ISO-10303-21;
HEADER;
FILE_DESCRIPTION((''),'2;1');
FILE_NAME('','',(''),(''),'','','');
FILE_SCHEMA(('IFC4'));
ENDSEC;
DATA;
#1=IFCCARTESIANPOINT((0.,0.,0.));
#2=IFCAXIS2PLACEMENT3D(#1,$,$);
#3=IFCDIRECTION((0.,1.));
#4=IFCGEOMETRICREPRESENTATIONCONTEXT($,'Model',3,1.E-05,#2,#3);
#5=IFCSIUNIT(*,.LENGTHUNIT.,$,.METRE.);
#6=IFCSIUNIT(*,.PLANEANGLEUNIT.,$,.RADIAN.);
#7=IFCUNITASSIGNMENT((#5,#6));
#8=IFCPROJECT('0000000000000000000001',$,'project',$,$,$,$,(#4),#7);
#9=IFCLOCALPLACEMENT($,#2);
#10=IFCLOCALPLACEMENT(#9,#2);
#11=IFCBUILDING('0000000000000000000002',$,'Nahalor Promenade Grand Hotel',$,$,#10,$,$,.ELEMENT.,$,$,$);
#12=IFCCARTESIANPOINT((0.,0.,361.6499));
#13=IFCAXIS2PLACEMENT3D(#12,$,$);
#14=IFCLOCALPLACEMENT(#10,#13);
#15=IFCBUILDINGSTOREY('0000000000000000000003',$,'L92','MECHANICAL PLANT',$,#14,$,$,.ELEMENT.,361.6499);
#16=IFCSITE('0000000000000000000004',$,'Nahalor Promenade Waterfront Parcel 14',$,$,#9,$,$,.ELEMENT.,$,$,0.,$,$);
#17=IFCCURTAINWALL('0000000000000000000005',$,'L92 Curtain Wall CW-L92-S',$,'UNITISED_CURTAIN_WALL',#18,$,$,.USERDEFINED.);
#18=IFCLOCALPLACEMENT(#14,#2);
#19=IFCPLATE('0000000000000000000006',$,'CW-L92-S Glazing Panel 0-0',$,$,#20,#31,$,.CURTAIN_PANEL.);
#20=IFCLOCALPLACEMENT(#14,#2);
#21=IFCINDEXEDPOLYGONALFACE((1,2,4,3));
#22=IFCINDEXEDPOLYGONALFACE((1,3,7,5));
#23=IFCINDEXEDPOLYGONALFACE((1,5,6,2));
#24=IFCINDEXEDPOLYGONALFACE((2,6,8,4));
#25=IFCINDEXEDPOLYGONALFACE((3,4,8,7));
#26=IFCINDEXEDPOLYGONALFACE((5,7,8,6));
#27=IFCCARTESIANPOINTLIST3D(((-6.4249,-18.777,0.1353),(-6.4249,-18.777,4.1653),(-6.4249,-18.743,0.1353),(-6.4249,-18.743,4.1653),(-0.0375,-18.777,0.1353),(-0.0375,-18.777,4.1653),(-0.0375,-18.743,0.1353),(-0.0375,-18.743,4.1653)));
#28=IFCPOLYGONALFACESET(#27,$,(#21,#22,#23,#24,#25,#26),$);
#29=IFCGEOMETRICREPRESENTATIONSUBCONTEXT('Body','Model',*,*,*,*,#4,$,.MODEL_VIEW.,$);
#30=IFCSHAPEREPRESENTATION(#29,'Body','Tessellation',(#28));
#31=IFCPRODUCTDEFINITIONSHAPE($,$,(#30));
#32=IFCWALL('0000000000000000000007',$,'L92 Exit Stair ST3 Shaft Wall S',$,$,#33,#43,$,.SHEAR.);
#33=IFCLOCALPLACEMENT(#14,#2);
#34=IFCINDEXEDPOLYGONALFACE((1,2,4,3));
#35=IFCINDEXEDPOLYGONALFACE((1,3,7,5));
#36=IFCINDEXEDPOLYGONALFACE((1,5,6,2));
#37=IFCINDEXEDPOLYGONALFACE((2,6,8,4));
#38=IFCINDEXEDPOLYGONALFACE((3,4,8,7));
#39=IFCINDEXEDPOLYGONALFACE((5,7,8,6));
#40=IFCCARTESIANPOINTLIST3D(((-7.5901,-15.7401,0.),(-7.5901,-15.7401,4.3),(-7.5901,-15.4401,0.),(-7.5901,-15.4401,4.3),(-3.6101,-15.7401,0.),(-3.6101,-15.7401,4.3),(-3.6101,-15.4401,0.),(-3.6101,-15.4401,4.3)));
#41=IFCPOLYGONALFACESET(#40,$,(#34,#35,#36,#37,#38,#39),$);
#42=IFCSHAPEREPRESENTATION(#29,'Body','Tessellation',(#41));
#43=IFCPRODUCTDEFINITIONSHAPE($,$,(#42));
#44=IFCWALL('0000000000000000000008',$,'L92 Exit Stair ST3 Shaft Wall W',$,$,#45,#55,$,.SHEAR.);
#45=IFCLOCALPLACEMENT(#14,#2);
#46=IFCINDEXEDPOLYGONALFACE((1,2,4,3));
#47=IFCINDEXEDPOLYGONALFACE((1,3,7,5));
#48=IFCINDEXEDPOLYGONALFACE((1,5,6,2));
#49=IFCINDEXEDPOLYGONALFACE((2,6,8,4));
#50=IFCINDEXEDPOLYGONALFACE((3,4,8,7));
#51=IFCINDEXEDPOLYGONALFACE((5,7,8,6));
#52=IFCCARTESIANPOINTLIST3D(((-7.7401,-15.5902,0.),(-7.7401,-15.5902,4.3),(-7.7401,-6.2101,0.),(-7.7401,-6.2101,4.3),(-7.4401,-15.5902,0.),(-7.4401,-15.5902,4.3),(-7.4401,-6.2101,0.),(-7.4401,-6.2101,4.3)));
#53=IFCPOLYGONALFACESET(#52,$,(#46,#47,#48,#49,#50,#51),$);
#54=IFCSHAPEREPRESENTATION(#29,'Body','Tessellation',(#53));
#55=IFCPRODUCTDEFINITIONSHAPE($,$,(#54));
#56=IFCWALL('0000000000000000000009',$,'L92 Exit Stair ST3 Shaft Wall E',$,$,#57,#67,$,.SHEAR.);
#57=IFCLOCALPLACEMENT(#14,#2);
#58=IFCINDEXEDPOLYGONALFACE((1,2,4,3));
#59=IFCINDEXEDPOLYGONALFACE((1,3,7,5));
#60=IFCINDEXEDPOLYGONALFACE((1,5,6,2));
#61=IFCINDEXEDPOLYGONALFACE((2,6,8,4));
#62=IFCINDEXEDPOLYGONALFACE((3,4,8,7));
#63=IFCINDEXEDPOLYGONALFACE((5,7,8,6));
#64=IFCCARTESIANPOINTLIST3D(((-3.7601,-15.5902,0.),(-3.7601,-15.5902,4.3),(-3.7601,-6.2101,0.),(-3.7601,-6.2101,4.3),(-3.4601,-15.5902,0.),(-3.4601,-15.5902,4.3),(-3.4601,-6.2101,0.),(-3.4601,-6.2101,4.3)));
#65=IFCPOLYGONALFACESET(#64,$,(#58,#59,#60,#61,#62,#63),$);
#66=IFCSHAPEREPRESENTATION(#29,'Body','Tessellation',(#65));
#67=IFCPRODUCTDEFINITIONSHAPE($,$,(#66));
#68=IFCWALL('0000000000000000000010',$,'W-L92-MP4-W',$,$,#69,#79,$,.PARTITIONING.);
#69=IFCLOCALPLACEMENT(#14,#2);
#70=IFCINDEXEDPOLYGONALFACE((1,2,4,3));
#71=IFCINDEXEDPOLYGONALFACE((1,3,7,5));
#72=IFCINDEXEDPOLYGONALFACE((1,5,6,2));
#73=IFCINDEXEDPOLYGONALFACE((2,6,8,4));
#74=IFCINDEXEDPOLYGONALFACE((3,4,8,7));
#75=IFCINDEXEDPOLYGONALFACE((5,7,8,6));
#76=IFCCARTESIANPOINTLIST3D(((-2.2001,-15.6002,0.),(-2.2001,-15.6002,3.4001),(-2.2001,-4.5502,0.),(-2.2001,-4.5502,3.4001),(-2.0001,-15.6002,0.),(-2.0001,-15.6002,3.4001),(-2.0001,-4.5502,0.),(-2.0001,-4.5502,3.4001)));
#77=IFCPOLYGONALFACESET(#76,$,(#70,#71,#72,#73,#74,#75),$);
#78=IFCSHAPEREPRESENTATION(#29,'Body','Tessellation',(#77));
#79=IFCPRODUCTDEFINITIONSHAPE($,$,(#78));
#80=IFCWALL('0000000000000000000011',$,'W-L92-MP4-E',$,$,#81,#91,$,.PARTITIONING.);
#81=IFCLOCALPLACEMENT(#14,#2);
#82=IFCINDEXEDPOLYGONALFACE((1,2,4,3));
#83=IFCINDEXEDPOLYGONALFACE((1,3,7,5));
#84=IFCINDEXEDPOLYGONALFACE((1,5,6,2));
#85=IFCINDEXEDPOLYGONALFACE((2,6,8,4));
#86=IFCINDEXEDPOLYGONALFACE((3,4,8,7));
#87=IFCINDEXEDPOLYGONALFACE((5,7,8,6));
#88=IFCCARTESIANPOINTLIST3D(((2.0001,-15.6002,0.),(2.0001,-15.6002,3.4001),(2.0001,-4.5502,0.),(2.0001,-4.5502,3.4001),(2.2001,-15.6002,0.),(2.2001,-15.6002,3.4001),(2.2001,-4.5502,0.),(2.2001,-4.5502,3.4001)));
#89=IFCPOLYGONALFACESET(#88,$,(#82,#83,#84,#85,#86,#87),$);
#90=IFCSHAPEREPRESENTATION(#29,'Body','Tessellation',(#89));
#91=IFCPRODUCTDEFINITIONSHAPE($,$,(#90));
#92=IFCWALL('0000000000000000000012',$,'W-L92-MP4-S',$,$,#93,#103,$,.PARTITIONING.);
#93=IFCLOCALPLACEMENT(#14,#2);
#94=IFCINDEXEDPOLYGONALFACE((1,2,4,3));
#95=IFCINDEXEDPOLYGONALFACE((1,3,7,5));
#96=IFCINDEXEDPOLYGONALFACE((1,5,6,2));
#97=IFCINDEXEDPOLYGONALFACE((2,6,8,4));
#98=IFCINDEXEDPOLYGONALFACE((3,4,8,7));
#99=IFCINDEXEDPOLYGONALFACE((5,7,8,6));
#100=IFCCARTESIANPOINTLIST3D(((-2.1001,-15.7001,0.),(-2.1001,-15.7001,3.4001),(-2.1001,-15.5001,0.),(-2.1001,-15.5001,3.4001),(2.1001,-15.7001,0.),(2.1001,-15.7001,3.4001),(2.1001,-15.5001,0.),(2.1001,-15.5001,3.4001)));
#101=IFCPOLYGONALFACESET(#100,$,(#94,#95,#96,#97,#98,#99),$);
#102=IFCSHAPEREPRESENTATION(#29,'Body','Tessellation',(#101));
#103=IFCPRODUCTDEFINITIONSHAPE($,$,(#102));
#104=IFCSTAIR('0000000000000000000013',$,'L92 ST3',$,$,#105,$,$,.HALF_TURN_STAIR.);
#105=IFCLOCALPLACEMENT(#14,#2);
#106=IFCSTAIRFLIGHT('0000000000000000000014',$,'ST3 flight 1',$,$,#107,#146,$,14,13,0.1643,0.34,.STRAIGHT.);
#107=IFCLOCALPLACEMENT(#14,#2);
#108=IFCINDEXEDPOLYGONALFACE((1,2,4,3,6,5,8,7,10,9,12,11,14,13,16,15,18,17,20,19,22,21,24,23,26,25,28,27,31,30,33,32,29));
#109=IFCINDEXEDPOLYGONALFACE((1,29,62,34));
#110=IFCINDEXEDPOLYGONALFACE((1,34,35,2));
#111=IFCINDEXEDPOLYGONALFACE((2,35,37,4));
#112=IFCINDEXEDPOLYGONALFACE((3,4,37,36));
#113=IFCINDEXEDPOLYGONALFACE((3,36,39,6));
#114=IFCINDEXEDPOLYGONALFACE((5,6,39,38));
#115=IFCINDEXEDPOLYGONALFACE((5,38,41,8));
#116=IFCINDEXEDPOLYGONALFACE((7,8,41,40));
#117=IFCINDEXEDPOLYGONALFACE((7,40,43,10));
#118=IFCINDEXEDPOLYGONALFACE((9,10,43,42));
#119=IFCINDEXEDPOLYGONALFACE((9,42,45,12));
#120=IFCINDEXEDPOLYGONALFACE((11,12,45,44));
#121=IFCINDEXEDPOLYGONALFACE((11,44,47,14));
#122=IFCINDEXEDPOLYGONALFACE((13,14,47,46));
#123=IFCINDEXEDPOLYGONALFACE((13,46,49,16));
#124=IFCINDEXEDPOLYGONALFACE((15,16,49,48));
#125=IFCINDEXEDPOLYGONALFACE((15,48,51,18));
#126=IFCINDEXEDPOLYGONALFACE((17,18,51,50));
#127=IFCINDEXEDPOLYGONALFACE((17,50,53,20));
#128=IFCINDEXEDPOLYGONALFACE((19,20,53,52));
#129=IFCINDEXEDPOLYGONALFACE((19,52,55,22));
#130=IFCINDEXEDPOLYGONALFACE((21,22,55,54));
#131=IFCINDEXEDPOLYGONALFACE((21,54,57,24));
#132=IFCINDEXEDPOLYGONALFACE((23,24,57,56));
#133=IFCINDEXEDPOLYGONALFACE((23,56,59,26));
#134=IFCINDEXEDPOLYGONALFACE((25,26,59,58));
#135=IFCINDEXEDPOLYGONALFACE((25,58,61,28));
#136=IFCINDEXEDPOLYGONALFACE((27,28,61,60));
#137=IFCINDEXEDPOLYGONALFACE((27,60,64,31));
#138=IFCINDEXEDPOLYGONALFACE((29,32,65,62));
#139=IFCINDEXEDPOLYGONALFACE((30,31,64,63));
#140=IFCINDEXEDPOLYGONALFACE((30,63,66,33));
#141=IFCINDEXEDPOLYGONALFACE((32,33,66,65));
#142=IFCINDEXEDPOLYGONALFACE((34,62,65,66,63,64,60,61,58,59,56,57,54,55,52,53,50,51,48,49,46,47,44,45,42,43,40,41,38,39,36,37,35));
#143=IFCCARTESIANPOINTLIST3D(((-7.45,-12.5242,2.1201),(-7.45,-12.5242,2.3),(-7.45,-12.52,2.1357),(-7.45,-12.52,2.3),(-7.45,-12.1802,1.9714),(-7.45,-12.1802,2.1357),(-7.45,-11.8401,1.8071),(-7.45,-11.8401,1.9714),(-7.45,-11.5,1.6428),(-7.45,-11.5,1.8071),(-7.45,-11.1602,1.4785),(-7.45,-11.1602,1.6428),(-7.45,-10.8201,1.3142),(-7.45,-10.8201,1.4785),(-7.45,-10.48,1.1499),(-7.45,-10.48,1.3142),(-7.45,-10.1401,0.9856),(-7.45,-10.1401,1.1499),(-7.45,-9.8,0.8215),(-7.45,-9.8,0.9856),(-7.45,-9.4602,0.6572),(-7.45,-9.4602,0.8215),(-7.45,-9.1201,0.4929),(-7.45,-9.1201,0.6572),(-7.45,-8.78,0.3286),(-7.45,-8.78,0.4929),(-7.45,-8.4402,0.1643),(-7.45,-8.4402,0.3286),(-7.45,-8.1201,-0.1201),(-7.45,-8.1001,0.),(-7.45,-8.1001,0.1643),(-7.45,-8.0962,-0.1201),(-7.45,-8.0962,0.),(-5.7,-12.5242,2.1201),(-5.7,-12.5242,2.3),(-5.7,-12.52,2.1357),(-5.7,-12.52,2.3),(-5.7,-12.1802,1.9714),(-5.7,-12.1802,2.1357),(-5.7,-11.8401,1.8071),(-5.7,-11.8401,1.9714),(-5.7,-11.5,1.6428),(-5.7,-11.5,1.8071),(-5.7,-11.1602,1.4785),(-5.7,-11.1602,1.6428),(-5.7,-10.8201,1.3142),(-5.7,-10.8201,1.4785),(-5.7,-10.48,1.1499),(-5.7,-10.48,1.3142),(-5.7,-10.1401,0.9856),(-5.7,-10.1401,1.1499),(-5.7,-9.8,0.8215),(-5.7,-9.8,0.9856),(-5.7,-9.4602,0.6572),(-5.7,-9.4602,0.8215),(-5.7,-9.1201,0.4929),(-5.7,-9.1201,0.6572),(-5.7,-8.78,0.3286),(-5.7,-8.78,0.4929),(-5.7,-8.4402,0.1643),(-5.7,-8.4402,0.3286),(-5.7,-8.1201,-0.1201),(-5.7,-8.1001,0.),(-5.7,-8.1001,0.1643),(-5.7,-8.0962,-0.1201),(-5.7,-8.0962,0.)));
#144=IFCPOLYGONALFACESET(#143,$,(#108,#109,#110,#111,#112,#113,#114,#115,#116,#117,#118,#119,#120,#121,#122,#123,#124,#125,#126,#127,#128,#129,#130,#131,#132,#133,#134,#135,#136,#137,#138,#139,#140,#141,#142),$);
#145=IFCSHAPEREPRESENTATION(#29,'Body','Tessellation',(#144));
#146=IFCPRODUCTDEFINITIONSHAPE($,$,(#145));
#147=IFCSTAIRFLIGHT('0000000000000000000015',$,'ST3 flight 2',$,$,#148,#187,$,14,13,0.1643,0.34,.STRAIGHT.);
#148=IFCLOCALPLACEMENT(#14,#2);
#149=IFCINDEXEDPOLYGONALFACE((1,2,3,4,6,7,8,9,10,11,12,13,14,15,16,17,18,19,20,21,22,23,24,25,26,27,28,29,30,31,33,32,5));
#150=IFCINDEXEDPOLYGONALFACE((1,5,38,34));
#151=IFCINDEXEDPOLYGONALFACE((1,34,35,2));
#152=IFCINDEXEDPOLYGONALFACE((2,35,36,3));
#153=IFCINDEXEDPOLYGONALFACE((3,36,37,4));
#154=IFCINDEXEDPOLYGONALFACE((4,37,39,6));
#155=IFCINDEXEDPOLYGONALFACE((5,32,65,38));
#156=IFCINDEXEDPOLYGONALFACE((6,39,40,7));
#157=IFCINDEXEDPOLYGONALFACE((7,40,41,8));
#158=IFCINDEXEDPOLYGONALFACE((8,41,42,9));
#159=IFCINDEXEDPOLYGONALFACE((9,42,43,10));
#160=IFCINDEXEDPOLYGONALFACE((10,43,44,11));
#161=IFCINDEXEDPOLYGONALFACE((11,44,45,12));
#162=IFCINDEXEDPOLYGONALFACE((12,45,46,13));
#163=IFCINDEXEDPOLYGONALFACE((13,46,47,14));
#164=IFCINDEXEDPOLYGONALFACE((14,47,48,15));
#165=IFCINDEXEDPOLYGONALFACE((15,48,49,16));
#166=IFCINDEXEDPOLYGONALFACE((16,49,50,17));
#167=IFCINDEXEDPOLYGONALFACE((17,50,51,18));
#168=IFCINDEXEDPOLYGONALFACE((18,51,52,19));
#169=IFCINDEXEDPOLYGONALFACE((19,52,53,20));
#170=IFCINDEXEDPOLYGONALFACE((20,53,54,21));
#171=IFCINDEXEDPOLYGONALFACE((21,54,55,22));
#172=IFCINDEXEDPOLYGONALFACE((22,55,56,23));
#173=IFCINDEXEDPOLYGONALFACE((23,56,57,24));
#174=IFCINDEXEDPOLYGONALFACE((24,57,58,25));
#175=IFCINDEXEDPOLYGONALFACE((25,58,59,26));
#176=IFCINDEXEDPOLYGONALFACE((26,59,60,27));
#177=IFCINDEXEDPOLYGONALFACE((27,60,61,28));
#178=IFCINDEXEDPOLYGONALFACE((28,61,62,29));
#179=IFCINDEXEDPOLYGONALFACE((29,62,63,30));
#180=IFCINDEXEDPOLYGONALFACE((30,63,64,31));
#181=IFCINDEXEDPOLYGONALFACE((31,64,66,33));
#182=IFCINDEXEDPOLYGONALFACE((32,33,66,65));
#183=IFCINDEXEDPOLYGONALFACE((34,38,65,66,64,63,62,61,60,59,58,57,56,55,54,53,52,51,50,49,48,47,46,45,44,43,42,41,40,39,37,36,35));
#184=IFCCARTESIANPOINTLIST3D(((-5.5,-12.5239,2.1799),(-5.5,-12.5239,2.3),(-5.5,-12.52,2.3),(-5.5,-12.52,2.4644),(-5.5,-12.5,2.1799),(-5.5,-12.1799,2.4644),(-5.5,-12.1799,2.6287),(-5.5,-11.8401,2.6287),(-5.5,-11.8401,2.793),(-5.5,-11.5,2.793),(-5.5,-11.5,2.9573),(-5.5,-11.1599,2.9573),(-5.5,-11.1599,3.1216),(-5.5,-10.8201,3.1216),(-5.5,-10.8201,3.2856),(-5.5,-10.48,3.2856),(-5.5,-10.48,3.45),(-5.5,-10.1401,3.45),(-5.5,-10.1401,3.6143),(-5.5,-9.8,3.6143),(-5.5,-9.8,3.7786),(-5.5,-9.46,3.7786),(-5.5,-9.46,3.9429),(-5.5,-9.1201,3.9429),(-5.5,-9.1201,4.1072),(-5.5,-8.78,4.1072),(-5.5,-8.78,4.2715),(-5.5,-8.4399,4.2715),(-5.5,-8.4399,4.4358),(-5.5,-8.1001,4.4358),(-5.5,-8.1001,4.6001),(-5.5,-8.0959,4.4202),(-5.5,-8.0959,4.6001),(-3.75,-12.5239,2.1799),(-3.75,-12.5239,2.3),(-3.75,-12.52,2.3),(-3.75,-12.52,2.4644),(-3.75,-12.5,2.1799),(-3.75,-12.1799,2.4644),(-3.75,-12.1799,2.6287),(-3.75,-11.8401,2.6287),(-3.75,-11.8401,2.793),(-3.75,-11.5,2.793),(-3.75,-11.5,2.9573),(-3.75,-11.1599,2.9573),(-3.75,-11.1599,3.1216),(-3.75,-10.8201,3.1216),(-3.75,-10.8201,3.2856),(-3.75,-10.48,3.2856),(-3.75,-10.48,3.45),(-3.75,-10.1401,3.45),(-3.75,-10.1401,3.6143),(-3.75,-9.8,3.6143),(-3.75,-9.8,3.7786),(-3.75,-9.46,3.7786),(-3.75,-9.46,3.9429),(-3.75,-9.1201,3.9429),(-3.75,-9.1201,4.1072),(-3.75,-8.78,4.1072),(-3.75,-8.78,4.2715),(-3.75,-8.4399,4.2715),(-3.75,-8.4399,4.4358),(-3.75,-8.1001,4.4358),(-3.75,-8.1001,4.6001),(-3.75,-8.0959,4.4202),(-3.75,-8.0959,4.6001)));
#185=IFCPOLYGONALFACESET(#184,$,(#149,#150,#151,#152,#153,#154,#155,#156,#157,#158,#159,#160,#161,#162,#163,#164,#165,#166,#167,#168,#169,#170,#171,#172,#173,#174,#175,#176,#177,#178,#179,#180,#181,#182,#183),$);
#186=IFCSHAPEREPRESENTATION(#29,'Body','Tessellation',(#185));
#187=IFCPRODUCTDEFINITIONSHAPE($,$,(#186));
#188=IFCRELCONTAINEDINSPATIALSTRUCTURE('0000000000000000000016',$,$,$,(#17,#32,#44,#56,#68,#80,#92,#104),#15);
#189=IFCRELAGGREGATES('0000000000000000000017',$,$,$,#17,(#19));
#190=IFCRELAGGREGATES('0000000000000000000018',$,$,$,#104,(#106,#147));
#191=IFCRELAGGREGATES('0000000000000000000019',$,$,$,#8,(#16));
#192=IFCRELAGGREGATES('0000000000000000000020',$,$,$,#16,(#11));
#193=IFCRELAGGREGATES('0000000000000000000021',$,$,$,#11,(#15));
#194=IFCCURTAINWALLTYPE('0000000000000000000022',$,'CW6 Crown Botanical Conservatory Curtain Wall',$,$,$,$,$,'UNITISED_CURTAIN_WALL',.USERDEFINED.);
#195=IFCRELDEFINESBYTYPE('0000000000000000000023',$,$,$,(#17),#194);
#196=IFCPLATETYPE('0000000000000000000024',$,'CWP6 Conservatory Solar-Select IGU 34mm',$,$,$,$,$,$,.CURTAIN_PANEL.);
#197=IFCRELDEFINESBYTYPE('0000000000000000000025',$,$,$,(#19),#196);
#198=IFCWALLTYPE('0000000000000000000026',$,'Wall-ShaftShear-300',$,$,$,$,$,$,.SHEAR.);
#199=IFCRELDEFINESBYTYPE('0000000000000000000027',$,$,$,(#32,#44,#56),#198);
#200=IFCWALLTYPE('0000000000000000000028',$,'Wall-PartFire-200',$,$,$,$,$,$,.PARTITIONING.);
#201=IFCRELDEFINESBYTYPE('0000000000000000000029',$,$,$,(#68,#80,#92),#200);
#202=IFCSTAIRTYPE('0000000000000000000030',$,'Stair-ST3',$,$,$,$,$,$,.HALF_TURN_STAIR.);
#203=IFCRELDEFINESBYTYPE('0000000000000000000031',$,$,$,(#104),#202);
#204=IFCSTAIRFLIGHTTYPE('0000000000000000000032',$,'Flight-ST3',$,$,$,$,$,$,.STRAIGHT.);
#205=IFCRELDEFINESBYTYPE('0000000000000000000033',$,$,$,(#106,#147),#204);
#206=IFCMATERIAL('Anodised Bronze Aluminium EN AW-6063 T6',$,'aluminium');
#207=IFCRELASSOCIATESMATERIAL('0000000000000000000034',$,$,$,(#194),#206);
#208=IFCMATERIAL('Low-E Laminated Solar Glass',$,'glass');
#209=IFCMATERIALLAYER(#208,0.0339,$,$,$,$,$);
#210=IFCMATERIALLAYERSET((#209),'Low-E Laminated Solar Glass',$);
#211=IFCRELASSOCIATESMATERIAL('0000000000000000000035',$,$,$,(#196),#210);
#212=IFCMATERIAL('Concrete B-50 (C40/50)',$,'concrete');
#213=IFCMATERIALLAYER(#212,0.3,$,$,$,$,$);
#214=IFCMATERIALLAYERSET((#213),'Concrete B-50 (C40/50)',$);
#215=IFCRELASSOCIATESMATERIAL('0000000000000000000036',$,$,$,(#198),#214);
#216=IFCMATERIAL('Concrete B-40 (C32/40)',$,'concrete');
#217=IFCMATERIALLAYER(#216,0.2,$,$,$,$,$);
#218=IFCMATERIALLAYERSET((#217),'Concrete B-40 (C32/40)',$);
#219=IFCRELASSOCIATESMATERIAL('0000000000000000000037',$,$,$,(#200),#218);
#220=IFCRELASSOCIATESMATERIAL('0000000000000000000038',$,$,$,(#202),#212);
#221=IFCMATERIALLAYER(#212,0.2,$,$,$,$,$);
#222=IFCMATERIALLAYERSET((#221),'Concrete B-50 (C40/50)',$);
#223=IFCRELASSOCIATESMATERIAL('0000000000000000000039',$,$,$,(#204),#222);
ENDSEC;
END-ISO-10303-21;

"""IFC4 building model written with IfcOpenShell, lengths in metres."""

from ifc_helpers import new_model, si_unit, direction, frame, frame_2d, origin, origin_2d, place, context, subcontext, project, spatial, polyline, rectangle, outline, extrude, source, transform, mapped, material, layer, layer_set, type_object, element, aggregate, save


model = new_model("IFC4")

# Units and contexts
model_context = context("Model", 3, precision=1e-05, world=origin(), true_north=direction((0.0, 1.0)))
body_context = subcontext(model_context, "Body", "Model", "MODEL_VIEW")
ifc_project = project(units=[si_unit("LENGTHUNIT", "METRE"), si_unit("PLANEANGLEUNIT", "RADIAN")], contexts=[model_context])

# Site, building, storey
site_placement = place(None, origin())
site = spatial("IfcSite", under=ifc_project, at=site_placement, Name="Nahalor Promenade Waterfront Parcel 14", CompositionType="ELEMENT", RefElevation=0.0)
building_placement = place(site_placement, origin())
building = spatial("IfcBuilding", under=site, at=building_placement, Name="Nahalor Promenade Grand Hotel", CompositionType="ELEMENT")
storey_placement = place(building_placement, frame((0.0, 0.0, 361.6499)))
storey = spatial("IfcBuildingStorey", under=building, at=storey_placement, Name="L92", Description="MECHANICAL PLANT", CompositionType="ELEMENT", Elevation=361.6499)

# Shared definitions
ifc_material_1 = material(Name="Concrete B-50 (C40/50)", Category="concrete")

# Curtain wall, plate
ifc_material_2 = material(Name="Anodised Bronze Aluminium EN AW-6063 T6", Category="aluminium")
curtain_wall_type = type_object("IfcCurtainWallType", Name="CW6 Crown Botanical Conservatory Curtain Wall", ElementType="UNITISED_CURTAIN_WALL", PredefinedType="USERDEFINED", material=ifc_material_2)
curtain_wall_placement = place(storey_placement, origin())
curtain_wall = element("IfcCurtainWall", 1, at=curtain_wall_placement, inside=storey, type_object=curtain_wall_type, Name="L92 Curtain Wall CW-L92-S", ObjectType="UNITISED_CURTAIN_WALL", PredefinedType="USERDEFINED")
ifc_material_3 = material(Name="Low-E Laminated Solar Glass", Category="glass")
ifc_layer_1 = layer(ifc_material_3, 0.0339)
ifc_layer_set_1 = layer_set([ifc_layer_1], Name="Low-E Laminated Solar Glass")
plate_type = type_object("IfcPlateType", Name="CWP6 Conservatory Solar-Select IGU 34mm", PredefinedType="CURTAIN_PANEL", material=ifc_layer_set_1)
shared_shape_1 = source(origin(), body_context, "Body", "SweptSolid", [
    extrude(rectangle(XDim=6.3875, YDim=0.0339, at=origin_2d()), origin(), (0.0, 0.0, 1.0), 4.03),
])
plate_placement = place(storey_placement, frame((-3.2312, -18.76, 0.1353), z_axis=(0.0, 0.0, 1.0), x_axis=(1.0, 0.0, 0.0)))
plate = element("IfcPlate", 2, at=plate_placement, type_object=plate_type, Name="CW-L92-S Glazing Panel 0-0", PredefinedType="CURTAIN_PANEL", context=body_context, shape_type="MappedRepresentation", body=[
    mapped(shared_shape_1, transform((0.0, 0.0, 0.0), scale=1.0)),
])
aggregate(curtain_wall, [plate])

# Wall
ifc_layer_2 = layer(ifc_material_1, 0.3)
ifc_layer_set_2 = layer_set([ifc_layer_2], Name="Concrete B-50 (C40/50)")
wall_type_1 = type_object("IfcWallType", Name="Wall-ShaftShear-300", PredefinedType="SHEAR", material=ifc_layer_set_2)
shared_shape_2 = source(origin(), body_context, "Body", "SweptSolid", [
    extrude(rectangle(XDim=3.98, YDim=0.3, at=frame_2d((1.99, 0.0))), origin(), (0.0, 0.0, 1.0), 4.3),
])
wall_1_placement = place(storey_placement, frame((-7.5901, -15.5901, 0.0), z_axis=(0.0, 0.0, 1.0), x_axis=(1.0, 0.0, 0.0)))
element("IfcWall", 3, at=wall_1_placement, inside=storey, type_object=wall_type_1, Name="L92 Exit Stair ST3 Shaft Wall S", PredefinedType="SHEAR", context=body_context, shape_type="MappedRepresentation", body=[
    mapped(shared_shape_2, transform((0.0, 0.0, 0.0), scale=1.0)),
])

# Walls
shared_shape_3 = source(origin(), body_context, "Body", "SweptSolid", [
    extrude(rectangle(XDim=9.3801, YDim=0.3, at=frame_2d((4.6899, 0.0))), origin(), (0.0, 0.0, 1.0), 4.3),
])
for number, where, z_axis, x_axis, name in (
    (4, (-7.5901, -15.5901, 0.0), (0.0, 0.0, 1.0), (0.0, 1.0, 0.0), "L92 Exit Stair ST3 Shaft Wall W"),
    (5, (-3.6101, -15.5901, 0.0), (0.0, 0.0, 1.0), (0.0, 1.0, 0.0), "L92 Exit Stair ST3 Shaft Wall E"),
):
    element("IfcWall", number, at=place(storey_placement, frame(where, z_axis=z_axis, x_axis=x_axis)), inside=storey, type_object=wall_type_1, Name=name, PredefinedType="SHEAR", context=body_context, shape_type="MappedRepresentation", body=[
        mapped(shared_shape_3, transform((0.0, 0.0, 0.0), scale=1.0)),
    ])
ifc_material_4 = material(Name="Concrete B-40 (C32/40)", Category="concrete")
ifc_layer_3 = layer(ifc_material_4, 0.2)
ifc_layer_set_3 = layer_set([ifc_layer_3], Name="Concrete B-40 (C32/40)")
wall_type_2 = type_object("IfcWallType", Name="Wall-PartFire-200", PredefinedType="PARTITIONING", material=ifc_layer_set_3)
shared_shape_4 = source(origin(), body_context, "Body", "SweptSolid", [
    extrude(rectangle(XDim=11.05, YDim=0.2, at=frame_2d((5.5249, 0.0))), origin(), (0.0, 0.0, 1.0), 3.4001),
])
for number, where, z_axis, x_axis, name in (
    (6, (-2.1001, -15.6001, 0.0), (0.0, 0.0, 1.0), (0.0, 1.0, 0.0), "W-L92-MP4-W"),
    (7, (2.1001, -15.6001, 0.0), (0.0, 0.0, 1.0), (0.0, 1.0, 0.0), "W-L92-MP4-E"),
):
    element("IfcWall", number, at=place(storey_placement, frame(where, z_axis=z_axis, x_axis=x_axis)), inside=storey, type_object=wall_type_2, Name=name, PredefinedType="PARTITIONING", context=body_context, shape_type="MappedRepresentation", body=[
        mapped(shared_shape_4, transform((0.0, 0.0, 0.0), scale=1.0)),
    ])
shared_shape_5 = source(origin(), body_context, "Body", "SweptSolid", [
    extrude(rectangle(XDim=4.2002, YDim=0.2, at=frame_2d((2.1001, 0.0))), origin(), (0.0, 0.0, 1.0), 3.4001),
])
wall_2_placement = place(storey_placement, frame((-2.1001, -15.6001, 0.0), z_axis=(0.0, 0.0, 1.0), x_axis=(1.0, 0.0, 0.0)))
element("IfcWall", 8, at=wall_2_placement, inside=storey, type_object=wall_type_2, Name="W-L92-MP4-S", PredefinedType="PARTITIONING", context=body_context, shape_type="MappedRepresentation", body=[
    mapped(shared_shape_5, transform((0.0, 0.0, 0.0), scale=1.0)),
])

# Stair, stair flights
stair_type = type_object("IfcStairType", Name="Stair-ST3", PredefinedType="HALF_TURN_STAIR", material=ifc_material_1)
stair_placement = place(storey_placement, origin())
stair = element("IfcStair", 9, at=stair_placement, inside=storey, type_object=stair_type, Name="L92 ST3", PredefinedType="HALF_TURN_STAIR")
ifc_layer_4 = layer(ifc_material_1, 0.2)
ifc_layer_set_4 = layer_set([ifc_layer_4], Name="Concrete B-50 (C40/50)")
stair_flight_type = type_object("IfcStairFlightType", Name="Flight-ST3", PredefinedType="STRAIGHT", material=ifc_layer_set_4)
shared_shape_6 = source(origin(), body_context, "Body", "SweptSolid", [
    extrude(outline(polyline([(-0.0039, -0.1201), (-0.0039, 0.0), (0.0, 0.0), (0.0, 0.1643), (0.3401, 0.1643), (0.3401, 0.3286), (0.6799, 0.3286), (0.6799, 0.4929), (1.02, 0.4929), (1.02, 0.6572), (1.3601, 0.6572), (1.3601, 0.8215), (1.7, 0.8215), (1.7, 0.9856), (2.04, 0.9856), (2.04, 1.1499), (2.3799, 1.1499), (2.3799, 1.3142), (2.72, 1.3142), (2.72, 1.4785), (3.0601, 1.4785), (3.0601, 1.6428), (3.3999, 1.6428), (3.3999, 1.8071), (3.74, 1.8071), (3.74, 1.9714), (4.0801, 1.9714), (4.0801, 2.1357), (4.4199, 2.1357), (4.4199, 2.3), (4.4241, 2.3), (4.4241, 2.1201), (0.02, -0.1201), (-0.0039, -0.1201)])), frame((0.0, 0.875, 0.0), z_axis=(0.0, -1.0, 0.0), x_axis=(1.0, 0.0, 0.0)), (0.0, 0.0, 1.0), 1.75),
])
stair_flight_1_placement = place(storey_placement, frame((-6.575, -8.1001, 0.0), z_axis=(0.0, 0.0, 1.0), x_axis=(0.0, -1.0, 0.0)))
stair_flight_1 = element("IfcStairFlight", 10, at=stair_flight_1_placement, type_object=stair_flight_type, Name="ST3 flight 1", NumberOfRisers=14, NumberOfTreads=13, PredefinedType="STRAIGHT", RiserHeight=0.1643, TreadLength=0.34, context=body_context, shape_type="MappedRepresentation", body=[
    mapped(shared_shape_6, transform((0.0, 0.0, 0.0), scale=1.0)),
])
stair_flight_2_placement = place(storey_placement, frame((-4.625, -12.52, 2.3), z_axis=(0.0, 0.0, 1.0), x_axis=(0.0, 1.0, 0.0)))
stair_flight_2 = element("IfcStairFlight", 11, at=stair_flight_2_placement, type_object=stair_flight_type, Name="ST3 flight 2", NumberOfRisers=14, NumberOfTreads=13, PredefinedType="STRAIGHT", RiserHeight=0.1643, TreadLength=0.34, context=body_context, shape_type="MappedRepresentation", body=[
    mapped(shared_shape_6, transform((0.0, 0.0, 0.0), scale=1.0)),
])
aggregate(stair, [stair_flight_1, stair_flight_2])

save(model, "model.ifc")
